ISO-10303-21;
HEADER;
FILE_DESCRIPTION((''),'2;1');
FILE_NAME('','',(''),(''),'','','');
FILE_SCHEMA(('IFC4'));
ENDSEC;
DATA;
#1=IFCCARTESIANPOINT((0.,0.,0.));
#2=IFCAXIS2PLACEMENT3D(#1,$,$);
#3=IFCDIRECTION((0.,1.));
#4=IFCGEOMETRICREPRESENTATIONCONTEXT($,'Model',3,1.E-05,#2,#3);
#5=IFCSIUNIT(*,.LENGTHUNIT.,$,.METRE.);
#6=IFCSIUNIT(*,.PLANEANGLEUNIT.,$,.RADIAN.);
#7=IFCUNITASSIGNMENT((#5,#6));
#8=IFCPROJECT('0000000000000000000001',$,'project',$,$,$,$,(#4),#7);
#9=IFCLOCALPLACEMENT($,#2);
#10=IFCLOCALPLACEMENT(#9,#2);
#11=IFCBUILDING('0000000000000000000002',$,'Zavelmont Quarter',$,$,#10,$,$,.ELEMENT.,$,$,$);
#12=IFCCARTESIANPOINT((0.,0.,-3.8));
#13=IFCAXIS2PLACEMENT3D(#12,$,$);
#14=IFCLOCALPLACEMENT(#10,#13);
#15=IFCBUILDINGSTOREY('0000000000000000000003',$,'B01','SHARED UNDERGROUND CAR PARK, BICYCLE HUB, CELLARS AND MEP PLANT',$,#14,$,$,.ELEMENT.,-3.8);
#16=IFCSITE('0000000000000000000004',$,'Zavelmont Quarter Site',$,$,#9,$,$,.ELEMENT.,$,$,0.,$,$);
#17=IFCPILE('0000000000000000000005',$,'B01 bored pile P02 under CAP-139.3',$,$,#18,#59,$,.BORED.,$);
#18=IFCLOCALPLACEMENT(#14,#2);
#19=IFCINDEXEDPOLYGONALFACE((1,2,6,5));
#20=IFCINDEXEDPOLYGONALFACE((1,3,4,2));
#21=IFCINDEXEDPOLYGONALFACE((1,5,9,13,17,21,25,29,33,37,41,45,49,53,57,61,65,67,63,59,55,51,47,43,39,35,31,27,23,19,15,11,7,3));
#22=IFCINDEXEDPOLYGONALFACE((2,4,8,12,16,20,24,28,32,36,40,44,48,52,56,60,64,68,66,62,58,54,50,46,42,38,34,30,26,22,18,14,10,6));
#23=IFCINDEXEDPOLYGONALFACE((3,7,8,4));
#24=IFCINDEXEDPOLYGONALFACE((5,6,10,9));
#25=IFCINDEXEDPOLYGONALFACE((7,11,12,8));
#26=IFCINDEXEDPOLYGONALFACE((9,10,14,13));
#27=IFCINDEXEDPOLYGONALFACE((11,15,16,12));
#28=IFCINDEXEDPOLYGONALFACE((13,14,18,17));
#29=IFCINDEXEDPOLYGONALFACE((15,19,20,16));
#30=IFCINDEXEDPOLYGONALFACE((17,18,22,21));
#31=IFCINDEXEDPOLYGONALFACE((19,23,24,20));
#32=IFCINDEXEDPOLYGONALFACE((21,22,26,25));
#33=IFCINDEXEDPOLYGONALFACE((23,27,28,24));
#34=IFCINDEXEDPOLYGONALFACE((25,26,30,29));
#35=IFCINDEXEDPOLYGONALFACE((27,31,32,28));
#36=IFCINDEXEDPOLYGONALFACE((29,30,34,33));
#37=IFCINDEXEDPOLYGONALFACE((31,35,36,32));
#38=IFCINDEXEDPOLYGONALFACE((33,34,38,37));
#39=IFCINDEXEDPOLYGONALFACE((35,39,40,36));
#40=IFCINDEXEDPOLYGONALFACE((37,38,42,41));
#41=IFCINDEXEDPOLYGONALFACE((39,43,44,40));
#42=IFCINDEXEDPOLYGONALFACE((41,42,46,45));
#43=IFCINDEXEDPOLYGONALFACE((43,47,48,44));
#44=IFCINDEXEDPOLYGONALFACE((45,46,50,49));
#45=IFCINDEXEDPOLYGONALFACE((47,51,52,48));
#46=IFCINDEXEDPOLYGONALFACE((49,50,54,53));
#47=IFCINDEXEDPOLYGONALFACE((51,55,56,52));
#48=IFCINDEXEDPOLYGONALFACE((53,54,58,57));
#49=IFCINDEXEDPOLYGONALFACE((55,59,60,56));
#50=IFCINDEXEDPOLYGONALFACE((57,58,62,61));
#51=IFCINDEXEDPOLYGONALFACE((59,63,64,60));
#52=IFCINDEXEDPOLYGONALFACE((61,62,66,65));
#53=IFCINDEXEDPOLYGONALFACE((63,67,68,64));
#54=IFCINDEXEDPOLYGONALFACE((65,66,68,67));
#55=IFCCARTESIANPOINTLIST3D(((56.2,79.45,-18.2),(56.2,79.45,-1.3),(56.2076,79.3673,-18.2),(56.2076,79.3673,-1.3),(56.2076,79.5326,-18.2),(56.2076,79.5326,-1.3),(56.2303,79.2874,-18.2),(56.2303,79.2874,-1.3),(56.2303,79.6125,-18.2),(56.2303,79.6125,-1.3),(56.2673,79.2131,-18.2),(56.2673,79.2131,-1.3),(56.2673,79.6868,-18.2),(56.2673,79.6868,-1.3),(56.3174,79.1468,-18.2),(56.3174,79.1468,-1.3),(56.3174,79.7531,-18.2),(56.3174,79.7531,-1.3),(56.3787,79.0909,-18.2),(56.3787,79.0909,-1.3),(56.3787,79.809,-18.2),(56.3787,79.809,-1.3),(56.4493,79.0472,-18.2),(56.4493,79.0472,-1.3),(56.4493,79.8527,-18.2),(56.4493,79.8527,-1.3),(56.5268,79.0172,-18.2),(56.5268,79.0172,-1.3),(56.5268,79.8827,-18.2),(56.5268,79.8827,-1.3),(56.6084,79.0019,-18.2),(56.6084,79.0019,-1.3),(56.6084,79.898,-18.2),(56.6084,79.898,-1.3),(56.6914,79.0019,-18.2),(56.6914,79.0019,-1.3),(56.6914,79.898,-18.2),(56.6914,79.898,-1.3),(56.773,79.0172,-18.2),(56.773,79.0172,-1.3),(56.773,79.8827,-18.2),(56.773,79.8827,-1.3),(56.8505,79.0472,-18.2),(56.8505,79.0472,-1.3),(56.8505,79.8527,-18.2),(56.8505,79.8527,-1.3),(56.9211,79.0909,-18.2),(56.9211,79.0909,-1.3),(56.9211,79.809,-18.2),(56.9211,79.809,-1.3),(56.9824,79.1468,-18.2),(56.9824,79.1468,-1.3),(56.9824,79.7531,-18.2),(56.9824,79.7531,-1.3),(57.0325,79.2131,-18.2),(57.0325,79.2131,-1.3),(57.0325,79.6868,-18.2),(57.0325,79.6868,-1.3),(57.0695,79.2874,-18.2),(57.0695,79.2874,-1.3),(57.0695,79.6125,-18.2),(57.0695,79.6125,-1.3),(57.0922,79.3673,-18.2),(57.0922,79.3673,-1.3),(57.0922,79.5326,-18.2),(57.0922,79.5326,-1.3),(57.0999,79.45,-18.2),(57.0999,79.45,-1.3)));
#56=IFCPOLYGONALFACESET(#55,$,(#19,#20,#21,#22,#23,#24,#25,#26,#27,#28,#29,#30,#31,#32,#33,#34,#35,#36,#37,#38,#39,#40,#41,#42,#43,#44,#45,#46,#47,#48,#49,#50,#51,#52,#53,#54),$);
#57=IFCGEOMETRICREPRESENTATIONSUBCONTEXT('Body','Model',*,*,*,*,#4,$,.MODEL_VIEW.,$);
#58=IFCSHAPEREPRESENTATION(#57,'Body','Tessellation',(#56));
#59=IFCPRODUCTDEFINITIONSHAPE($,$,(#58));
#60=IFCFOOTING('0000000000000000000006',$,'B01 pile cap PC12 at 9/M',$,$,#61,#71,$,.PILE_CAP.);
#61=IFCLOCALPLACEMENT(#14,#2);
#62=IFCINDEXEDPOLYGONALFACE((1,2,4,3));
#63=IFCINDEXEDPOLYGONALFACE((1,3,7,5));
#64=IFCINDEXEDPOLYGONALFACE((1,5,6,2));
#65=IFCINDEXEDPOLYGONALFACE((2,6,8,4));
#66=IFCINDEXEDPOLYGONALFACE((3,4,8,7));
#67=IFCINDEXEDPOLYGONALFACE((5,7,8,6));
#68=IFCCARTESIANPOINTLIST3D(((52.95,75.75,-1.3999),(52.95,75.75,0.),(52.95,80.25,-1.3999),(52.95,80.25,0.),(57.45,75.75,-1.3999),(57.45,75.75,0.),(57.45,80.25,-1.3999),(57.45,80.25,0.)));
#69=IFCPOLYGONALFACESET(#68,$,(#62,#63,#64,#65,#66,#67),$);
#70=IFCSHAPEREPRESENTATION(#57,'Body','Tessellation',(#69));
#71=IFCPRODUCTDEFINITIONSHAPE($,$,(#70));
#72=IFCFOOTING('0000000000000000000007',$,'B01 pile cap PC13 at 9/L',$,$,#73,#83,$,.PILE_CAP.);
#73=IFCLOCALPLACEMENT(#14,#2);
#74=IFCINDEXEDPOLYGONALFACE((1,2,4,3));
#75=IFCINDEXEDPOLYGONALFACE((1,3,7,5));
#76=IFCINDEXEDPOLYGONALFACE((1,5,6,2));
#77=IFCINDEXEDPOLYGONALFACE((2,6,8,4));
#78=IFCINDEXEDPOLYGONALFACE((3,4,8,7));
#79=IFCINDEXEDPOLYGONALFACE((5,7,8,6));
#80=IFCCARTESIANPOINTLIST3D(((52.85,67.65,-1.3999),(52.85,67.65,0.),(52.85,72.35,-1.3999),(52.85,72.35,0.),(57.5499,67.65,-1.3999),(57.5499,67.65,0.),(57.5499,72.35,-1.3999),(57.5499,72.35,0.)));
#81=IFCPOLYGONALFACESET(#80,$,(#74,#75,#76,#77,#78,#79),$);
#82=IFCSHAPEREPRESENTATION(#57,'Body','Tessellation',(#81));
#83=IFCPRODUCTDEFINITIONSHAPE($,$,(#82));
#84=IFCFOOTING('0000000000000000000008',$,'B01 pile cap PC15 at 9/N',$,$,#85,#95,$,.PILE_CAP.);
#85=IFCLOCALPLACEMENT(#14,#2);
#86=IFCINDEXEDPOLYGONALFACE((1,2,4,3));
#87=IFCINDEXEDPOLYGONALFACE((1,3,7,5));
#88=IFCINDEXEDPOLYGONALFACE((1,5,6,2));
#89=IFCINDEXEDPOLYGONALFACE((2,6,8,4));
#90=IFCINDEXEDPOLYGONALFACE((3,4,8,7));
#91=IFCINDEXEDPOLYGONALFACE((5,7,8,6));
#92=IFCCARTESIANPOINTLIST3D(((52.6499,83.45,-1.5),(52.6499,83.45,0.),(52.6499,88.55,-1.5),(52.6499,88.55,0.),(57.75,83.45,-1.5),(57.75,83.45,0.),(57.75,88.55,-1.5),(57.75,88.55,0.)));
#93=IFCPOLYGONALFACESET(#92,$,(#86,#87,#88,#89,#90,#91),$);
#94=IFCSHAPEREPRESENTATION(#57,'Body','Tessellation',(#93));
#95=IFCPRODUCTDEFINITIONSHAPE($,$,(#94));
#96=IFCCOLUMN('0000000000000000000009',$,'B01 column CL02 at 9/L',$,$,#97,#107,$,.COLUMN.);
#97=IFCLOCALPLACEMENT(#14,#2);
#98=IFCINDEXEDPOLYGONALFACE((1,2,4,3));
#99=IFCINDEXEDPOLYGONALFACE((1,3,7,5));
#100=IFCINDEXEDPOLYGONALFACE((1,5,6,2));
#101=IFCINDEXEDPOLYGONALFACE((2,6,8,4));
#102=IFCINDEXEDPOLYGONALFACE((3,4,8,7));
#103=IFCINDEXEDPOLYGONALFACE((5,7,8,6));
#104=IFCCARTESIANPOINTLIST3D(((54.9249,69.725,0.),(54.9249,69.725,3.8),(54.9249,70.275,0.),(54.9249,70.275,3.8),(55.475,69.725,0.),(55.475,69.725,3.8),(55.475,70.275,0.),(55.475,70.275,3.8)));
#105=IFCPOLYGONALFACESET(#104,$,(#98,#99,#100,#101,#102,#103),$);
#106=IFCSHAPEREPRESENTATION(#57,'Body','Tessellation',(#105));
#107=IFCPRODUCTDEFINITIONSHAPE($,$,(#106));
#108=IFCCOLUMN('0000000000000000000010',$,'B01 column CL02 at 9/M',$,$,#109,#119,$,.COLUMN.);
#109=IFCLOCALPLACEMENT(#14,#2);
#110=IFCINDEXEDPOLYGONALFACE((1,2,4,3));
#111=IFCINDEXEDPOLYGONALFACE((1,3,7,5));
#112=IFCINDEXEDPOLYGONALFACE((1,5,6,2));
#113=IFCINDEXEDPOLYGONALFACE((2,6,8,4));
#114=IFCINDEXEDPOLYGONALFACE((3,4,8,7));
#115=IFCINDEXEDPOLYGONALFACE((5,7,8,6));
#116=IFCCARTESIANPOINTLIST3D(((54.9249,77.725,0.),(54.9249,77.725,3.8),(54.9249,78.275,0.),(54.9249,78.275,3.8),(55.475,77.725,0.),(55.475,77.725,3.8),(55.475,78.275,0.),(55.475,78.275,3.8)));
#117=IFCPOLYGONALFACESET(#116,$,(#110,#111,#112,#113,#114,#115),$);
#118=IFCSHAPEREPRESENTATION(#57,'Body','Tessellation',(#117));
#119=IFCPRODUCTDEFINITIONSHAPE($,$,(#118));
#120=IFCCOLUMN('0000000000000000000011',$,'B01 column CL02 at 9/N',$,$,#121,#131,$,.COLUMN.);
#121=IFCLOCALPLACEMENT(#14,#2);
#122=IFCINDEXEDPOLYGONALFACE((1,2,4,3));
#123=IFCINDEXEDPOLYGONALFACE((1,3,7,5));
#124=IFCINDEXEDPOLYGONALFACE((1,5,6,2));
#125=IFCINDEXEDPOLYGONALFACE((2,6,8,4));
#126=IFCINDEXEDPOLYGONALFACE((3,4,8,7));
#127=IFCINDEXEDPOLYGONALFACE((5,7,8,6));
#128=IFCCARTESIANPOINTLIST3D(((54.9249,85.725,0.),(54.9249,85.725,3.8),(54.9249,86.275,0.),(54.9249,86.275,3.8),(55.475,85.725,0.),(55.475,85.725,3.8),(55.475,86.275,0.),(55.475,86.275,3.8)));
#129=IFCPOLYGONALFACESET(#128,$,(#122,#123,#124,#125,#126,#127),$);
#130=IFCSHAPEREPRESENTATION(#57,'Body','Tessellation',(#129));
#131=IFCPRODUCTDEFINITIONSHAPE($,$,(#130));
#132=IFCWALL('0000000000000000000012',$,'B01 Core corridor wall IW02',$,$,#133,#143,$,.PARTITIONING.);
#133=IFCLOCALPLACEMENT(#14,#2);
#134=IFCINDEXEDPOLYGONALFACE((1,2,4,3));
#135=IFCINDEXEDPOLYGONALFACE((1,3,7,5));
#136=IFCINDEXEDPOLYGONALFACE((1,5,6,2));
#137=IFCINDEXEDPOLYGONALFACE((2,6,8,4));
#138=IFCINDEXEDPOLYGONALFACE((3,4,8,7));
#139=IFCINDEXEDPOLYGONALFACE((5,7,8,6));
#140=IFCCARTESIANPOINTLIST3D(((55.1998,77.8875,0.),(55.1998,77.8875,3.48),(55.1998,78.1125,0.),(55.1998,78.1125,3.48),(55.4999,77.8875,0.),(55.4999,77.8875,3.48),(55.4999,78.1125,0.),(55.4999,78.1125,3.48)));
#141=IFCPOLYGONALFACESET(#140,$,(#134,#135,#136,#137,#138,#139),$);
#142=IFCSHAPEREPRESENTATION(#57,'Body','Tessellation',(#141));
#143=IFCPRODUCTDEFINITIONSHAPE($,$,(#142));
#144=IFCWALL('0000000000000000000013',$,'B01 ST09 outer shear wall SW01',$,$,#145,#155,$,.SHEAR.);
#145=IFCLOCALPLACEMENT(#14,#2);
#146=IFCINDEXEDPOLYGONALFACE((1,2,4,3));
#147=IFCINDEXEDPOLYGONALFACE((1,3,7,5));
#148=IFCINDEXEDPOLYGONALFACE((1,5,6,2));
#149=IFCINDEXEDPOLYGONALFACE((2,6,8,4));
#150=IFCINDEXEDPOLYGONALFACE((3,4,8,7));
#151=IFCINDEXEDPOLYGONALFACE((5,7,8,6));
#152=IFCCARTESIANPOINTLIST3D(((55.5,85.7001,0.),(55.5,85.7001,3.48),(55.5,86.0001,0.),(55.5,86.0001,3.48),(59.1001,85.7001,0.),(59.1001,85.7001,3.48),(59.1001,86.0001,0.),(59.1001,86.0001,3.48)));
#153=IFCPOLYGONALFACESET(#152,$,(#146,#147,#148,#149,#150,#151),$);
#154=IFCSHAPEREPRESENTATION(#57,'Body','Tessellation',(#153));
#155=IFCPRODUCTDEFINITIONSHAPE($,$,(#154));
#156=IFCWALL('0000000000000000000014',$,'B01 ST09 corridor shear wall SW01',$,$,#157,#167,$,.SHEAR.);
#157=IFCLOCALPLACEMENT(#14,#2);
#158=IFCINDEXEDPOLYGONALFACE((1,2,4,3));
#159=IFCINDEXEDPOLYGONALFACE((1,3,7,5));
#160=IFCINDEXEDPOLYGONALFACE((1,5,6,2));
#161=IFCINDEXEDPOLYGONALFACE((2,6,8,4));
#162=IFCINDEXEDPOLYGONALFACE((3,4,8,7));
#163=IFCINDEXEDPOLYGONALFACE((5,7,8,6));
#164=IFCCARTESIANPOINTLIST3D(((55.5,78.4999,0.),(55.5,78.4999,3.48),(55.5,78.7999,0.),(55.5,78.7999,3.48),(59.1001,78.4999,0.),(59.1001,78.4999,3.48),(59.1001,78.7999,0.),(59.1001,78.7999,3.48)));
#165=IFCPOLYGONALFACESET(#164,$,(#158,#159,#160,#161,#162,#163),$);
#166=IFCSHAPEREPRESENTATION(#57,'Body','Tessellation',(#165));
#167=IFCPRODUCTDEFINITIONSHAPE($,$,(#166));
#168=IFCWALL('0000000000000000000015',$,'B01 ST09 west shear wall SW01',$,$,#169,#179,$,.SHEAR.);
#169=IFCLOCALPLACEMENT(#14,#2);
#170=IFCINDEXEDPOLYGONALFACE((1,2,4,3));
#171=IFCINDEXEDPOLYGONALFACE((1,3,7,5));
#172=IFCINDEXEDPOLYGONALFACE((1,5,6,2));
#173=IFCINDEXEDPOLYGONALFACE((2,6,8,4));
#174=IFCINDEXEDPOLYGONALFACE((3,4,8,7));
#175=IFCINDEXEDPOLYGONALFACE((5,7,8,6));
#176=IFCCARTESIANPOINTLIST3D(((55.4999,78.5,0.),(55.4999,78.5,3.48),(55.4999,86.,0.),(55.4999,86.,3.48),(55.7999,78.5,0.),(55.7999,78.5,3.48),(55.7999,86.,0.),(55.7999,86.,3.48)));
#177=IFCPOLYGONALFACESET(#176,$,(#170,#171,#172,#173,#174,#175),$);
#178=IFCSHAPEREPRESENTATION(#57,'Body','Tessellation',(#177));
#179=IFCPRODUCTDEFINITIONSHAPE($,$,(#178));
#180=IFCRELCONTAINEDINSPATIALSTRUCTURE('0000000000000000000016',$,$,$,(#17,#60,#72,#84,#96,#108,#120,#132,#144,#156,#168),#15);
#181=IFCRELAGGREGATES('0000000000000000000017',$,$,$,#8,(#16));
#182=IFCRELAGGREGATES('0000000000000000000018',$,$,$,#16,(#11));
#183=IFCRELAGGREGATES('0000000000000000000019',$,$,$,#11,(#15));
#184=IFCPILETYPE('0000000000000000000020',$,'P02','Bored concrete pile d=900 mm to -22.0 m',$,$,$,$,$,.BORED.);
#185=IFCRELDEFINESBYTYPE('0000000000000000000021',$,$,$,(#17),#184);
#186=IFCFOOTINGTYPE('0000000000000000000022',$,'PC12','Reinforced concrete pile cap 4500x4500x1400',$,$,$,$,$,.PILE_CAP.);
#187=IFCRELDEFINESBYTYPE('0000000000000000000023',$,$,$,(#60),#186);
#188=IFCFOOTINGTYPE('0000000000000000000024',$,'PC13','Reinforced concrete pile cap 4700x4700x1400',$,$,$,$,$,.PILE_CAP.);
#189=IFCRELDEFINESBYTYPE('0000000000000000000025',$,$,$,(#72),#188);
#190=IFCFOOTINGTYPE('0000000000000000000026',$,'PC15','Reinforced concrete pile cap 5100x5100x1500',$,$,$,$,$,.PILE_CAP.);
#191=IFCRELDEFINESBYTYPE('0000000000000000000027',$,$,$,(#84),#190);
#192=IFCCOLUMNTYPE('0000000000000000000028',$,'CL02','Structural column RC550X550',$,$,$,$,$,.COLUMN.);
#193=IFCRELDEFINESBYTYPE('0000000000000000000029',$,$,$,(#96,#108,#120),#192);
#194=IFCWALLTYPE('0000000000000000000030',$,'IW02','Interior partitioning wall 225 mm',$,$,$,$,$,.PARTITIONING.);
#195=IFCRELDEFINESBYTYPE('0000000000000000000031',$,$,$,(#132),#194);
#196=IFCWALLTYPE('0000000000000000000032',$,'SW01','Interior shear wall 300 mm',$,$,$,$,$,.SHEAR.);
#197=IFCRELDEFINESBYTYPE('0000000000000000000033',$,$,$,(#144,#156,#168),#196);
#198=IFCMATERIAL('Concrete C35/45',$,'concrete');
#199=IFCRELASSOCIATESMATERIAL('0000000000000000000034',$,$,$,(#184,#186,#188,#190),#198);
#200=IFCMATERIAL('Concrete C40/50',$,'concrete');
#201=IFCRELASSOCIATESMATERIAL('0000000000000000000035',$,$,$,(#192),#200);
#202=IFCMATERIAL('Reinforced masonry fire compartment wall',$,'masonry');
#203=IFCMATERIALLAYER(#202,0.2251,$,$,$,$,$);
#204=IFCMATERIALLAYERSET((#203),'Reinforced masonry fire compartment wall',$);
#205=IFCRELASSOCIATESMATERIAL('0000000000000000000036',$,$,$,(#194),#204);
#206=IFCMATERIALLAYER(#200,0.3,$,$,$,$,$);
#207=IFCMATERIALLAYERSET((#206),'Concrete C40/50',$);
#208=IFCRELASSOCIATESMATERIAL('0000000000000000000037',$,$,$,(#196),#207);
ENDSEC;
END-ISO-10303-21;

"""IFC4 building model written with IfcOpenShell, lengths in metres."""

from ifc_helpers import new_model, si_unit, direction, frame, frame_2d, origin, origin_2d, place, context, subcontext, project, spatial, rectangle, circle, extrude, material, layer, layer_set, material_profile, profile_set, type_object, element, save


model = new_model("IFC4")

# Units and contexts
model_context = context("Model", 3, precision=1e-05, world=origin(), true_north=direction((0.0, 1.0)))
body_context = subcontext(model_context, "Body", "Model", "MODEL_VIEW")
ifc_project = project(units=[si_unit("LENGTHUNIT", "METRE"), si_unit("PLANEANGLEUNIT", "RADIAN")], contexts=[model_context])

# Site, building, storey
site_placement = place(None, origin())
site = spatial("IfcSite", under=ifc_project, at=site_placement, Name="Zavelmont Quarter Site", CompositionType="ELEMENT", RefElevation=0.0)
building_placement = place(site_placement, origin())
building = spatial("IfcBuilding", under=site, at=building_placement, Name="Zavelmont Quarter", CompositionType="ELEMENT")
storey_placement = place(building_placement, frame((0.0, 0.0, -3.8)))
storey = spatial("IfcBuildingStorey", under=building, at=storey_placement, Name="B01", Description="SHARED UNDERGROUND CAR PARK, BICYCLE HUB, CELLARS AND MEP PLANT", CompositionType="ELEMENT", Elevation=-3.8)

# Shared definitions
ifc_material_1 = material(Name="Concrete C35/45", Category="concrete")

# Pile
ifc_material_profile_1 = material_profile(ifc_material_1, circle(Radius=0.45, at=origin_2d()), Name="BP900")
ifc_profile_set_1 = profile_set([ifc_material_profile_1], Name="Concrete C35/45")
pile_type_1 = type_object("IfcPileType", Name="P02", Description="Bored concrete pile d=900 mm to -22.0 m", PredefinedType="BORED", material=ifc_profile_set_1)
for number, where, z_axis, x_axis, name in (
    (1, (56.6499, 79.45, -1.3), (0.0, 0.0, -1.0), (1.0, 0.0, 0.0), "B01 bored pile P02 under CAP-139.3"),
):
    element("IfcPile", number, at=place(storey_placement, frame(where, z_axis=z_axis, x_axis=x_axis)), inside=storey, type_object=pile_type_1, Name=name, PredefinedType="BORED", context=body_context, shape_type="SweptSolid", body=[
        extrude(circle(Radius=0.45, at=origin_2d()), origin(), (0.0, 0.0, 1.0), 16.8999),
    ])

# Footings
footing_type_1 = type_object("IfcFootingType", Name="PC12", Description="Reinforced concrete pile cap 4500x4500x1400", PredefinedType="PILE_CAP", material=ifc_material_1)
footing_1_placement = place(storey_placement, frame((55.2, 78.0, -1.3999), z_axis=(0.0, 0.0, 1.0), x_axis=(1.0, 0.0, 0.0)))
element("IfcFooting", 2, at=footing_1_placement, inside=storey, type_object=footing_type_1, Name="B01 pile cap PC12 at 9/M", PredefinedType="PILE_CAP", context=body_context, shape_type="SweptSolid", body=[
    extrude(rectangle(XDim=4.5, YDim=4.5, at=origin_2d()), origin(), (0.0, 0.0, 1.0), 1.3999),
])
footing_type_2 = type_object("IfcFootingType", Name="PC13", Description="Reinforced concrete pile cap 4700x4700x1400", PredefinedType="PILE_CAP", material=ifc_material_1)
footing_2_placement = place(storey_placement, frame((55.2, 70.0, -1.3999), z_axis=(0.0, 0.0, 1.0), x_axis=(1.0, 0.0, 0.0)))
element("IfcFooting", 3, at=footing_2_placement, inside=storey, type_object=footing_type_2, Name="B01 pile cap PC13 at 9/L", PredefinedType="PILE_CAP", context=body_context, shape_type="SweptSolid", body=[
    extrude(rectangle(XDim=4.7, YDim=4.7, at=origin_2d()), origin(), (0.0, 0.0, 1.0), 1.3999),
])
footing_type_3 = type_object("IfcFootingType", Name="PC15", Description="Reinforced concrete pile cap 5100x5100x1500", PredefinedType="PILE_CAP", material=ifc_material_1)
footing_3_placement = place(storey_placement, frame((55.2, 86.0, -1.5), z_axis=(0.0, 0.0, 1.0), x_axis=(1.0, 0.0, 0.0)))
element("IfcFooting", 4, at=footing_3_placement, inside=storey, type_object=footing_type_3, Name="B01 pile cap PC15 at 9/N", PredefinedType="PILE_CAP", context=body_context, shape_type="SweptSolid", body=[
    extrude(rectangle(XDim=5.1001, YDim=5.1001, at=origin_2d()), origin(), (0.0, 0.0, 1.0), 1.5),
])

# Columns
ifc_material_2 = material(Name="Concrete C40/50", Category="concrete")
ifc_material_profile_2 = material_profile(ifc_material_2, rectangle(XDim=0.55, YDim=0.55, at=origin_2d()), Name="RC550X550")
ifc_profile_set_2 = profile_set([ifc_material_profile_2], Name="Concrete C40/50")
column_type = type_object("IfcColumnType", Name="CL02", Description="Structural column RC550X550", PredefinedType="COLUMN", material=ifc_profile_set_2)
for number, where, z_axis, x_axis, name in (
    (5, (55.2, 70.0, 0.0), (0.0, 0.0, 1.0), (1.0, 0.0, 0.0), "B01 column CL02 at 9/L"),
    (6, (55.2, 78.0, 0.0), (0.0, 0.0, 1.0), (1.0, 0.0, 0.0), "B01 column CL02 at 9/M"),
    (7, (55.2, 86.0, 0.0), (0.0, 0.0, 1.0), (1.0, 0.0, 0.0), "B01 column CL02 at 9/N"),
):
    element("IfcColumn", number, at=place(storey_placement, frame(where, z_axis=z_axis, x_axis=x_axis)), inside=storey, type_object=column_type, Name=name, PredefinedType="COLUMN", context=body_context, shape_type="SweptSolid", body=[
        extrude(rectangle(XDim=0.55, YDim=0.55, at=origin_2d()), origin(), (0.0, 0.0, 1.0), 3.8),
    ])

# Shared definitions
ifc_material_3 = material(Name="Reinforced masonry fire compartment wall", Category="masonry")
ifc_layer_1 = layer(ifc_material_3, 0.2251)
ifc_layer_set_1 = layer_set([ifc_layer_1], Name="Reinforced masonry fire compartment wall")
wall_type_1 = type_object("IfcWallType", Name="IW02", Description="Interior partitioning wall 225 mm", PredefinedType="PARTITIONING", material=ifc_layer_set_1)

# Wall
wall_1_placement = place(storey_placement, frame((55.2, 78.0, 0.0), z_axis=(0.0, 0.0, 1.0), x_axis=(1.0, 0.0, 0.0)))
element("IfcWall", 8, at=wall_1_placement, inside=storey, type_object=wall_type_1, Name="B01 Core corridor wall IW02", PredefinedType="PARTITIONING", context=body_context, shape_type="SweptSolid", body=[
    extrude(rectangle(XDim=0.3, YDim=0.2251, at=frame_2d((0.1499, 0.0))), origin(), (0.0, 0.0, 1.0), 3.48),
])

# Walls
ifc_layer_2 = layer(ifc_material_2, 0.3)
ifc_layer_set_2 = layer_set([ifc_layer_2], Name="Concrete C40/50")
wall_type_2 = type_object("IfcWallType", Name="SW01", Description="Interior shear wall 300 mm", PredefinedType="SHEAR", material=ifc_layer_set_2)
for number, where, z_axis, x_axis, name in (
    (9, (55.5, 85.8501, 0.0), (0.0, 0.0, 1.0), (1.0, 0.0, 0.0), "B01 ST09 outer shear wall SW01"),
    (10, (55.5, 78.6499, 0.0), (0.0, 0.0, 1.0), (1.0, 0.0, 0.0), "B01 ST09 corridor shear wall SW01"),
):
    element("IfcWall", number, at=place(storey_placement, frame(where, z_axis=z_axis, x_axis=x_axis)), inside=storey, type_object=wall_type_2, Name=name, PredefinedType="SHEAR", context=body_context, shape_type="SweptSolid", body=[
        extrude(rectangle(XDim=3.6001, YDim=0.3, at=frame_2d((1.8, 0.0))), origin(), (0.0, 0.0, 1.0), 3.48),
    ])
wall_2_placement = place(storey_placement, frame((55.6499, 78.5, 0.0), z_axis=(0.0, 0.0, 1.0), x_axis=(0.0, 1.0, 0.0)))
element("IfcWall", 11, at=wall_2_placement, inside=storey, type_object=wall_type_2, Name="B01 ST09 west shear wall SW01", PredefinedType="SHEAR", context=body_context, shape_type="SweptSolid", body=[
    extrude(rectangle(XDim=7.5, YDim=0.3, at=frame_2d((3.75, 0.0))), origin(), (0.0, 0.0, 1.0), 3.48),
])

save(model, "model.ifc")
